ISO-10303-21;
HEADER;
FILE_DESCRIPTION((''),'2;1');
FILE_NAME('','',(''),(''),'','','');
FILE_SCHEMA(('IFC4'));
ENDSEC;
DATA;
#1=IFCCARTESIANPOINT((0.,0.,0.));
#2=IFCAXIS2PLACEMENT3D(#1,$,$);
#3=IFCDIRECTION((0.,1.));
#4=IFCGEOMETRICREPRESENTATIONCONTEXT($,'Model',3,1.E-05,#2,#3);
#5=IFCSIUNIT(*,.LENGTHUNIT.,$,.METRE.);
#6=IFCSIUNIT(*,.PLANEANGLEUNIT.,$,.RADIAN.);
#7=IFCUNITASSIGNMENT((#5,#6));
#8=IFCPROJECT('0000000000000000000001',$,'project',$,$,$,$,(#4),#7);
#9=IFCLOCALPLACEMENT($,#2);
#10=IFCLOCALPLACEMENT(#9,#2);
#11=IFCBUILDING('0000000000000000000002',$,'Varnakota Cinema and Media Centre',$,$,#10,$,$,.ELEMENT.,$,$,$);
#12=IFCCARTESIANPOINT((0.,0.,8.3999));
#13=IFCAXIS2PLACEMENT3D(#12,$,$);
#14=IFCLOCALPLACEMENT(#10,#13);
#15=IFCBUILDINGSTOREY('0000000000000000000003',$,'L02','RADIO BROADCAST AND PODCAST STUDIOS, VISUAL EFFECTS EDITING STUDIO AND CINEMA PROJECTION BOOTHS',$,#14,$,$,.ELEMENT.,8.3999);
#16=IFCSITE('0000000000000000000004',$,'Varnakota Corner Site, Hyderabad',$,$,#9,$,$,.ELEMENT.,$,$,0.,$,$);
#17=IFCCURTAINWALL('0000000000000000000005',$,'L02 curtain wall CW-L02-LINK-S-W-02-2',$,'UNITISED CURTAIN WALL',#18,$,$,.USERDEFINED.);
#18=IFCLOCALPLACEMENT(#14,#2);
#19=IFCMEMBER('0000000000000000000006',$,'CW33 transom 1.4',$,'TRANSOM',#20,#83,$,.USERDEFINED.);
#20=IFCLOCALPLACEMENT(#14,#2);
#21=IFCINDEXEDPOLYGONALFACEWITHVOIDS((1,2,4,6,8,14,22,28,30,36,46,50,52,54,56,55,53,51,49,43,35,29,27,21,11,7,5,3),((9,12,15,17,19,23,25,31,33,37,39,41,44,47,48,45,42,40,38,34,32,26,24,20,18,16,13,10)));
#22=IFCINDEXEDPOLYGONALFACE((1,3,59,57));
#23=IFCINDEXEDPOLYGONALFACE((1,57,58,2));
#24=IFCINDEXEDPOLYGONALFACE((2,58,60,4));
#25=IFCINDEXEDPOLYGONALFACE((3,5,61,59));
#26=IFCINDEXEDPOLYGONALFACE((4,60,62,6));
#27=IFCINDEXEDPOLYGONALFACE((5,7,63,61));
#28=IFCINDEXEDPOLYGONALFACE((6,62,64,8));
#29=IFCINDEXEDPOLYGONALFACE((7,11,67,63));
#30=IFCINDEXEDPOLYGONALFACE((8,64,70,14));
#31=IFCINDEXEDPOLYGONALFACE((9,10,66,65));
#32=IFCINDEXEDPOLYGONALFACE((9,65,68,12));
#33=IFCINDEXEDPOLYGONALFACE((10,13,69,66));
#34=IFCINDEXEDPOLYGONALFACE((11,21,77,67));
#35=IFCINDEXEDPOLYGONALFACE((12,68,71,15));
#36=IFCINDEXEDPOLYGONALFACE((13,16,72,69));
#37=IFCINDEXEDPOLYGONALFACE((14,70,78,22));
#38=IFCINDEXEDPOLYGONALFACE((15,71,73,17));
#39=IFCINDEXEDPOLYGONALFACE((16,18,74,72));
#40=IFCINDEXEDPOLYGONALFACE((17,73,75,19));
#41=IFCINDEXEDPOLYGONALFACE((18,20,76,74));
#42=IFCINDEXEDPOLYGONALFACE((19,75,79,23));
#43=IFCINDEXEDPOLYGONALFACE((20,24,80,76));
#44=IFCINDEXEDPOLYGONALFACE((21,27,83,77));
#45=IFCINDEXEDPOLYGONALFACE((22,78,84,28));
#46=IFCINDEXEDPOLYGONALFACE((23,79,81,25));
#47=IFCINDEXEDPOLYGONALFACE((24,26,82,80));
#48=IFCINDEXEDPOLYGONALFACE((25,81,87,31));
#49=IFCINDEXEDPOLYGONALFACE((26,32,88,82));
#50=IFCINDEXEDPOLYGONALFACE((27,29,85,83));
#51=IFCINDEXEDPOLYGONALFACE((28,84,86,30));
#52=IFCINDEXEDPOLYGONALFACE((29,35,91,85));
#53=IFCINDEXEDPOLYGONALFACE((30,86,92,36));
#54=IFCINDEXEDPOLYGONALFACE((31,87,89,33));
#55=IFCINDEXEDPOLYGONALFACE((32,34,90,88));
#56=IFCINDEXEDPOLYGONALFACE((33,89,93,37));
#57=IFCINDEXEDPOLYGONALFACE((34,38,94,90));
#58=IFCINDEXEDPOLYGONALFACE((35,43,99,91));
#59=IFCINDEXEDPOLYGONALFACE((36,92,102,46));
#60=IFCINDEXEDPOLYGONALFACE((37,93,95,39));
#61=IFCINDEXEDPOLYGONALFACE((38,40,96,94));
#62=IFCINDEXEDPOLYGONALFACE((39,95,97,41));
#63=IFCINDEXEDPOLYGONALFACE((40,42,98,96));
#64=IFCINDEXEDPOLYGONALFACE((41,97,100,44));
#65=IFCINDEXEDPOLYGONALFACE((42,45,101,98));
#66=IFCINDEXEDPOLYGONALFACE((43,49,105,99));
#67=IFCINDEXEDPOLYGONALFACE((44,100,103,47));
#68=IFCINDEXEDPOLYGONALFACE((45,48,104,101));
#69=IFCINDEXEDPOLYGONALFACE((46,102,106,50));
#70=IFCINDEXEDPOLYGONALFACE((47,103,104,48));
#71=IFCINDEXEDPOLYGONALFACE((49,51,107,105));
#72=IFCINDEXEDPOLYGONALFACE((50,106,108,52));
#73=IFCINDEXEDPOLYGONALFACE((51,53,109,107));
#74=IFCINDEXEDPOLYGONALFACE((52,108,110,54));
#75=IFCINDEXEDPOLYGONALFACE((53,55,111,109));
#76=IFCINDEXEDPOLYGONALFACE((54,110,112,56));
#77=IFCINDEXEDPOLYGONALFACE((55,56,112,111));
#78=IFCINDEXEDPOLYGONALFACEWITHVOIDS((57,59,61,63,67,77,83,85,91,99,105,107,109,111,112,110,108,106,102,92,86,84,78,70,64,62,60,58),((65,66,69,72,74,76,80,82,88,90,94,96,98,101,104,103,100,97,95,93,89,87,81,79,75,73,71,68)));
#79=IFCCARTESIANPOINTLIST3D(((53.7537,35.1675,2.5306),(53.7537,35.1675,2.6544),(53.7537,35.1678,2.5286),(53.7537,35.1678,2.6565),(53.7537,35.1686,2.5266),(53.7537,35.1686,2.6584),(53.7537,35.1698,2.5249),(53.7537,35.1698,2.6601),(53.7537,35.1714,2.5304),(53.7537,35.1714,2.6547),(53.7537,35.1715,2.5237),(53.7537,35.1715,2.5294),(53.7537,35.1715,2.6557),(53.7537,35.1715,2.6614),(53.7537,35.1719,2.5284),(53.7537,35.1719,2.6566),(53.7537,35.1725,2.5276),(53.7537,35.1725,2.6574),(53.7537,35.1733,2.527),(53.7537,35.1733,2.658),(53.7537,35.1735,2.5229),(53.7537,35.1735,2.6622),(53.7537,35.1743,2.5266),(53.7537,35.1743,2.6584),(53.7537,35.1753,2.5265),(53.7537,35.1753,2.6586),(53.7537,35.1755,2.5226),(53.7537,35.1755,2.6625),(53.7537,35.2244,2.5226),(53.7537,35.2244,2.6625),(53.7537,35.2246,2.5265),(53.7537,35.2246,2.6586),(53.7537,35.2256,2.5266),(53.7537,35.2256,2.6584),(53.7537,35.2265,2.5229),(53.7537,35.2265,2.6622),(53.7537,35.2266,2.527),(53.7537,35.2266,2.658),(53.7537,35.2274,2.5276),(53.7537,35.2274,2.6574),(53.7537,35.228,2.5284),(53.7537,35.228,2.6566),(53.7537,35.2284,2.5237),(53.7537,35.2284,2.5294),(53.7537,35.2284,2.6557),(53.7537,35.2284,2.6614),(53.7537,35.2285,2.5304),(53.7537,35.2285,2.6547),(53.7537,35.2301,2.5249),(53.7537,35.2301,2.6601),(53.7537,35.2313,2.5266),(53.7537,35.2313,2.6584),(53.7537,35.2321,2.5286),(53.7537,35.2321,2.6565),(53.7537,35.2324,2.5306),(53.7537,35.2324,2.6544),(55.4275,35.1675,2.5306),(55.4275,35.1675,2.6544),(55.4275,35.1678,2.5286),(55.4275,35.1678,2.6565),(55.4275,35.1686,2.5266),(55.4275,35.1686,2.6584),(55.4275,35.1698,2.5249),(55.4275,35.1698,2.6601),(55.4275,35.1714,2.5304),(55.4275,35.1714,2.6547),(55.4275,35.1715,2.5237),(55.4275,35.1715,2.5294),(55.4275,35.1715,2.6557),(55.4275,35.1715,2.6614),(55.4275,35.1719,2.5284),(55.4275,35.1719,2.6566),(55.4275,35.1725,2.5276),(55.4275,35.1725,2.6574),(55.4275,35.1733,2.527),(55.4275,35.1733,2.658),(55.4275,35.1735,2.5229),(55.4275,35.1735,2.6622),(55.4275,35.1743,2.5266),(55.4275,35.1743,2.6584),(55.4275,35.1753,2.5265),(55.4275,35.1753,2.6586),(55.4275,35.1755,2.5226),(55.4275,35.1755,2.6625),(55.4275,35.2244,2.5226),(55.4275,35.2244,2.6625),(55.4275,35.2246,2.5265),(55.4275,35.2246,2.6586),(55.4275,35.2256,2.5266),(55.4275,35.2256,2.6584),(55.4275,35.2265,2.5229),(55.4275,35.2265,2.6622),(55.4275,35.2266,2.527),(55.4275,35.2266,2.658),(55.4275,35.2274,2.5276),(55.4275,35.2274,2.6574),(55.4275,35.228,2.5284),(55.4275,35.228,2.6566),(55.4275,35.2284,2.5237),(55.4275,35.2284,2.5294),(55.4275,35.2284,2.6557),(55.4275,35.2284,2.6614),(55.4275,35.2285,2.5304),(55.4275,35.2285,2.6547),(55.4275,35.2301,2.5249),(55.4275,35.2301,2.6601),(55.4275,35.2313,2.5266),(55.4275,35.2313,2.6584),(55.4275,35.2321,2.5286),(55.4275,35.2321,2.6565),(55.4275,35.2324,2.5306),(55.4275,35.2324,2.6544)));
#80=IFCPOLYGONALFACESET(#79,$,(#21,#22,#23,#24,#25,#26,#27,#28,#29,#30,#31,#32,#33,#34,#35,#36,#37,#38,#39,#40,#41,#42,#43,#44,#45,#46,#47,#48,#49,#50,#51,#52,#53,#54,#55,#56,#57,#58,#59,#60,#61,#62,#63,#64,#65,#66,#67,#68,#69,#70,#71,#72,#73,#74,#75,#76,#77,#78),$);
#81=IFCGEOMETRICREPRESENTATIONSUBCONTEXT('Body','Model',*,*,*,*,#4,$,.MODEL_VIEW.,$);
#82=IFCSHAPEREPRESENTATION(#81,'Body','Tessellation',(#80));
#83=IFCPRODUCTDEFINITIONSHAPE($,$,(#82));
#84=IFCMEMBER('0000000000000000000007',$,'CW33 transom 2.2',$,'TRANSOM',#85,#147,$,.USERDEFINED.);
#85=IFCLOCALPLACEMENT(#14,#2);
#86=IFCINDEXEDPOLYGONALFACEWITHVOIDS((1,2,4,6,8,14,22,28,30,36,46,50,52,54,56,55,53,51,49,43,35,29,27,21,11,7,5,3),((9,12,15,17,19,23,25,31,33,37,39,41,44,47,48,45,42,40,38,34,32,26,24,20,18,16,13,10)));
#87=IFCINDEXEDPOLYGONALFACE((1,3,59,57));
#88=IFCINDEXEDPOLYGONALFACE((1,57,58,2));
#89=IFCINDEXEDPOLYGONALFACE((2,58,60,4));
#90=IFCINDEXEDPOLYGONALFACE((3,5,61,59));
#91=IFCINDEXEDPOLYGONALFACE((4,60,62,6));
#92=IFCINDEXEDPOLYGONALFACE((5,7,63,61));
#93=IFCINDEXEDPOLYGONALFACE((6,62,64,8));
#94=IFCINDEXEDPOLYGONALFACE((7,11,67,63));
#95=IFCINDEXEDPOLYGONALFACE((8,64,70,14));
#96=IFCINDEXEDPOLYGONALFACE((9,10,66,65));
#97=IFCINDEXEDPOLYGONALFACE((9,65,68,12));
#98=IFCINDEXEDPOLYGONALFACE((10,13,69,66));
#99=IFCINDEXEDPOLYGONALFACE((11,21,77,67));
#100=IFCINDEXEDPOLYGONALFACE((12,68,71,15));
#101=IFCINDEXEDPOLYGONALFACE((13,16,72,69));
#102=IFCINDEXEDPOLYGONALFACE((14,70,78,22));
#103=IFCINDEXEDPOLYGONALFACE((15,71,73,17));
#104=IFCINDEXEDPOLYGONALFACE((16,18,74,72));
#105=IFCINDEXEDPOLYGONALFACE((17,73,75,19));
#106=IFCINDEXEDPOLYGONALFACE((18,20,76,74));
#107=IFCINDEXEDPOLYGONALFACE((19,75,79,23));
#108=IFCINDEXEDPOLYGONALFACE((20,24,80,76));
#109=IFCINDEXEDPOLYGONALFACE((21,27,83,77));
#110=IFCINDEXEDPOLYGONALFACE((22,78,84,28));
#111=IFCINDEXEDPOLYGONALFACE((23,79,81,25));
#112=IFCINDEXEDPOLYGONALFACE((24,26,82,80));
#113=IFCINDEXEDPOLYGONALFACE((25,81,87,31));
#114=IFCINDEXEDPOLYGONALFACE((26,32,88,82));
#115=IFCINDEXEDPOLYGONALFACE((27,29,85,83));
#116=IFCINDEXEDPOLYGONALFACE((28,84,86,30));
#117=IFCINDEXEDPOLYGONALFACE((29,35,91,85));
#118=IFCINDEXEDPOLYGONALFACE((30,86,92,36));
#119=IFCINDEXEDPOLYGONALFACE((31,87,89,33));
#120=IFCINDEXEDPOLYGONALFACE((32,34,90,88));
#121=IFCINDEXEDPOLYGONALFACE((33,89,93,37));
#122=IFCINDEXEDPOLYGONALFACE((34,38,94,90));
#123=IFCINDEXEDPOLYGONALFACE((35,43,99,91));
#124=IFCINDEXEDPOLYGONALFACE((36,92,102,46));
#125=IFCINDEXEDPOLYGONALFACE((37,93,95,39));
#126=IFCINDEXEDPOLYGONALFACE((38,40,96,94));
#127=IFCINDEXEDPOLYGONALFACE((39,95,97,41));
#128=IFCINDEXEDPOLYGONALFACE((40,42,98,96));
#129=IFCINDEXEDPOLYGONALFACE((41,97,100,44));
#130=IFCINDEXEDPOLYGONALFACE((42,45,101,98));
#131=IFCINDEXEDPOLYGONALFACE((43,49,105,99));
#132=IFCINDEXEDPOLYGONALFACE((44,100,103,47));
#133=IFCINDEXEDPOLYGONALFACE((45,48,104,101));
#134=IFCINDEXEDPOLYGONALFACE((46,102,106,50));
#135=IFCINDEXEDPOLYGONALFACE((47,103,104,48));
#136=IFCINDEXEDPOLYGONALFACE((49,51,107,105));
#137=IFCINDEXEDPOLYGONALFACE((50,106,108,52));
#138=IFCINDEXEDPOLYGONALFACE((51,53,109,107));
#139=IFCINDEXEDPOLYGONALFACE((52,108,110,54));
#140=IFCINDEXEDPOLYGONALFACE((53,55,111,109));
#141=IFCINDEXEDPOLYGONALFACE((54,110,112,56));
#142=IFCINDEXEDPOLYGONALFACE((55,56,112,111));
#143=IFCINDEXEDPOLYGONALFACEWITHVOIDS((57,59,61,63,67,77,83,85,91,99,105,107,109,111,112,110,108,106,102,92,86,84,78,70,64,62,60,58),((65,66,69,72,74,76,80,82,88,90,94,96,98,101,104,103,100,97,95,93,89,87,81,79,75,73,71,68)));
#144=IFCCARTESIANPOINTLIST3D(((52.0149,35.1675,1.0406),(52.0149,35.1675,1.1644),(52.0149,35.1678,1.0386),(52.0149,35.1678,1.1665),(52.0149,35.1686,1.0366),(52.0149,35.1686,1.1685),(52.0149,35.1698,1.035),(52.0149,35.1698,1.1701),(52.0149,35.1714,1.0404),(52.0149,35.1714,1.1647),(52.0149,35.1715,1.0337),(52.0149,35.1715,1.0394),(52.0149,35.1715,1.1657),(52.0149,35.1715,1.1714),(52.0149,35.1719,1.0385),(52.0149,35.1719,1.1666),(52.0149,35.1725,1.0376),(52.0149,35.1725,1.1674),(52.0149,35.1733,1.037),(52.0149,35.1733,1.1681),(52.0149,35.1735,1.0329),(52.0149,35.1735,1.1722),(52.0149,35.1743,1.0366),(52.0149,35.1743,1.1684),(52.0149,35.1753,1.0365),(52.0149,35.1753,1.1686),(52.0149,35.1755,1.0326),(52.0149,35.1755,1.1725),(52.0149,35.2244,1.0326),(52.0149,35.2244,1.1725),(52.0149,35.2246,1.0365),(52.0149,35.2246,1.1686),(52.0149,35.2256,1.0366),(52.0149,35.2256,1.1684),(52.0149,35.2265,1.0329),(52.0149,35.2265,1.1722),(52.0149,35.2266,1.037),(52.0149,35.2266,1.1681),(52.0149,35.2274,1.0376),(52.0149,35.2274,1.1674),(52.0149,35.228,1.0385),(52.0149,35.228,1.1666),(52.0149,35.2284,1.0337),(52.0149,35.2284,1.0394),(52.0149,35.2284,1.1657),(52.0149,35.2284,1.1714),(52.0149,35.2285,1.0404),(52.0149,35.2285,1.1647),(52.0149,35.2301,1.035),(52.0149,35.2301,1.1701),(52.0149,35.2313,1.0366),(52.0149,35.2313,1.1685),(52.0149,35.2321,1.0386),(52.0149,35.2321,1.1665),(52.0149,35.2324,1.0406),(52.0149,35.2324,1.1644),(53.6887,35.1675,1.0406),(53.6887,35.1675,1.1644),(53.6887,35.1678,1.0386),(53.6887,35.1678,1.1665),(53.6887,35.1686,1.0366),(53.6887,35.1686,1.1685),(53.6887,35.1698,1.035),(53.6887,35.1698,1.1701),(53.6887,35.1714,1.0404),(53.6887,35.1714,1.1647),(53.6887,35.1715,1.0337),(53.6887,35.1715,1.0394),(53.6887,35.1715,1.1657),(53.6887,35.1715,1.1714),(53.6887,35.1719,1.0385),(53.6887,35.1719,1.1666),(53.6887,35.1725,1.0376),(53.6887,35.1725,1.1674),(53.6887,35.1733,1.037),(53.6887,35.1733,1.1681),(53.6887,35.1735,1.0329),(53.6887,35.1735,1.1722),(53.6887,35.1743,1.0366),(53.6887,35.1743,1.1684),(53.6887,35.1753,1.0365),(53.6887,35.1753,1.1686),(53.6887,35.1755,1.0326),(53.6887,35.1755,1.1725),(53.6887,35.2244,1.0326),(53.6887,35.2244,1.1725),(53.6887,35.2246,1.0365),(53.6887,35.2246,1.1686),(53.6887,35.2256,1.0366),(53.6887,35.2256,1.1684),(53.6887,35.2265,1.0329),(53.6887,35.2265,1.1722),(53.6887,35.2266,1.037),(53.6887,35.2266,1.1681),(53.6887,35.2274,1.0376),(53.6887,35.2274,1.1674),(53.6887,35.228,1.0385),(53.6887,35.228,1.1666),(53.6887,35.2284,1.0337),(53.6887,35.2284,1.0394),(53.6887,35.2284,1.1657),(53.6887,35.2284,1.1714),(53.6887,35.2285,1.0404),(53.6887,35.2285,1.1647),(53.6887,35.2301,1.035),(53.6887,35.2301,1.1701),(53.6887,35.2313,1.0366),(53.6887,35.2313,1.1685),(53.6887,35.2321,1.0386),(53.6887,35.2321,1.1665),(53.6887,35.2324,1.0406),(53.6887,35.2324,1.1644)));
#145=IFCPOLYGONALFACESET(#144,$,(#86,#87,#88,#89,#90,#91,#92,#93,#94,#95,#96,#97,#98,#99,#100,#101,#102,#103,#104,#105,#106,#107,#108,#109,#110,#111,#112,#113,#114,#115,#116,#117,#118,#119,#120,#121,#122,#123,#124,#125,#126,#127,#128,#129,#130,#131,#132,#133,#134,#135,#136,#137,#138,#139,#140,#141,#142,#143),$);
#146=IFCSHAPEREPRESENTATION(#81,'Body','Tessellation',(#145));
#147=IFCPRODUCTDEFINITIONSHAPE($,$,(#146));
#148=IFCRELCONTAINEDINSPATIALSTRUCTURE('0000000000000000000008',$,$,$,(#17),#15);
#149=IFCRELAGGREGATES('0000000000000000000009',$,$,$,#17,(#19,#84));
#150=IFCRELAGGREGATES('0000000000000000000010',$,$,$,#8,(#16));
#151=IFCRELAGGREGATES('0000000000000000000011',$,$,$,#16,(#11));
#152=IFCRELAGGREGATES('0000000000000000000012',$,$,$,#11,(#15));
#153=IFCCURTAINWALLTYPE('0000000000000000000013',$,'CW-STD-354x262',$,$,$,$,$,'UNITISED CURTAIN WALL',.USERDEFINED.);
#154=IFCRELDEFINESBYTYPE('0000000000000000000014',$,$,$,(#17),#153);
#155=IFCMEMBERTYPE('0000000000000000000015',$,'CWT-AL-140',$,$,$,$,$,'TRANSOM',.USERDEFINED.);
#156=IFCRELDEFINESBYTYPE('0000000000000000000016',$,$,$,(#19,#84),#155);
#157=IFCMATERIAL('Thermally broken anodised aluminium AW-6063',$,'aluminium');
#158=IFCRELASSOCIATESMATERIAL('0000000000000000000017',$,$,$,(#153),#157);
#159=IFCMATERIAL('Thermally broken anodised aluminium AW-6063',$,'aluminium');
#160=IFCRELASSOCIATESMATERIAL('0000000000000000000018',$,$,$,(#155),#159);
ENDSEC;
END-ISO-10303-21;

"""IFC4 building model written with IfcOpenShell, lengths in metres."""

from ifc_helpers import new_model, si_unit, direction, frame, origin, origin_2d, place, context, subcontext, project, spatial, hollow_rectangle, extrude, material, material_profile, profile_set, type_object, element, aggregate, save


model = new_model("IFC4")

# Units and contexts
model_context = context("Model", 3, precision=1e-05, world=origin(), true_north=direction((0.0, 1.0)))
body_context = subcontext(model_context, "Body", "Model", "MODEL_VIEW")
ifc_project = project(units=[si_unit("LENGTHUNIT", "METRE"), si_unit("PLANEANGLEUNIT", "RADIAN")], contexts=[model_context])

# Site, building, storey
site_placement = place(None, origin())
site = spatial("IfcSite", under=ifc_project, at=site_placement, Name="Varnakota Corner Site, Hyderabad", CompositionType="ELEMENT", RefElevation=0.0)
building_placement = place(site_placement, origin())
building = spatial("IfcBuilding", under=site, at=building_placement, Name="Varnakota Cinema and Media Centre", CompositionType="ELEMENT")
storey_placement = place(building_placement, frame((0.0, 0.0, 8.3999)))
storey = spatial("IfcBuildingStorey", under=building, at=storey_placement, Name="L02", Description="RADIO BROADCAST AND PODCAST STUDIOS, VISUAL EFFECTS EDITING STUDIO AND CINEMA PROJECTION BOOTHS", CompositionType="ELEMENT", Elevation=8.3999)

# Curtain wall
ifc_material_1 = material(Name="Thermally broken anodised aluminium AW-6063", Category="aluminium")
curtain_wall_type = type_object("IfcCurtainWallType", Name="CW-STD-354x262", ElementType="UNITISED CURTAIN WALL", PredefinedType="USERDEFINED", material=ifc_material_1)
curtain_wall_1_placement = place(storey_placement, origin())
curtain_wall_1 = element("IfcCurtainWall", 1, at=curtain_wall_1_placement, inside=storey, type_object=curtain_wall_type, Name="L02 curtain wall CW-L02-LINK-S-W-02-2", ObjectType="UNITISED CURTAIN WALL", PredefinedType="USERDEFINED")

# Members
ifc_material_2 = material(Name="Thermally broken anodised aluminium AW-6063", Category="aluminium")
ifc_material_profile_1 = material_profile(ifc_material_2, hollow_rectangle(XDim=0.0649, YDim=0.1399, WallThickness=0.0039, InnerFilletRadius=0.0039, OuterFilletRadius=0.0081, at=origin_2d()), Name="AL-TRANSOM 140x65x4")
ifc_profile_set_1 = profile_set([ifc_material_profile_1], Name="Thermally broken anodised aluminium AW-6063")
member_type_1 = type_object("IfcMemberType", Name="CWT-AL-140", ElementType="TRANSOM", PredefinedType="USERDEFINED", material=ifc_profile_set_1)
member_1_placement = place(storey_placement, frame((55.4275, 35.2, 2.5925), z_axis=(-1.0, 0.0, 0.0), x_axis=(0.0, -1.0, 0.0)))
member_1 = element("IfcMember", 2, at=member_1_placement, type_object=member_type_1, Name="CW33 transom 1.4", ObjectType="TRANSOM", PredefinedType="USERDEFINED", context=body_context, shape_type="SweptSolid", body=[
    extrude(hollow_rectangle(XDim=0.0649, YDim=0.1399, WallThickness=0.0039, InnerFilletRadius=0.0039, OuterFilletRadius=0.0081, at=origin_2d()), origin(), (0.0, 0.0, 1.0), 1.6738),
])
member_2_placement = place(storey_placement, frame((53.6887, 35.2, 1.1025), z_axis=(-1.0, 0.0, 0.0), x_axis=(0.0, -1.0, 0.0)))
member_2 = element("IfcMember", 3, at=member_2_placement, type_object=member_type_1, Name="CW33 transom 2.2", ObjectType="TRANSOM", PredefinedType="USERDEFINED", context=body_context, shape_type="SweptSolid", body=[
    extrude(hollow_rectangle(XDim=0.0649, YDim=0.1399, WallThickness=0.0039, InnerFilletRadius=0.0039, OuterFilletRadius=0.0081, at=origin_2d()), origin(), (0.0, 0.0, 1.0), 1.6738),
])

aggregate(curtain_wall_1, [member_1, member_2])

save(model, "model.ifc")
